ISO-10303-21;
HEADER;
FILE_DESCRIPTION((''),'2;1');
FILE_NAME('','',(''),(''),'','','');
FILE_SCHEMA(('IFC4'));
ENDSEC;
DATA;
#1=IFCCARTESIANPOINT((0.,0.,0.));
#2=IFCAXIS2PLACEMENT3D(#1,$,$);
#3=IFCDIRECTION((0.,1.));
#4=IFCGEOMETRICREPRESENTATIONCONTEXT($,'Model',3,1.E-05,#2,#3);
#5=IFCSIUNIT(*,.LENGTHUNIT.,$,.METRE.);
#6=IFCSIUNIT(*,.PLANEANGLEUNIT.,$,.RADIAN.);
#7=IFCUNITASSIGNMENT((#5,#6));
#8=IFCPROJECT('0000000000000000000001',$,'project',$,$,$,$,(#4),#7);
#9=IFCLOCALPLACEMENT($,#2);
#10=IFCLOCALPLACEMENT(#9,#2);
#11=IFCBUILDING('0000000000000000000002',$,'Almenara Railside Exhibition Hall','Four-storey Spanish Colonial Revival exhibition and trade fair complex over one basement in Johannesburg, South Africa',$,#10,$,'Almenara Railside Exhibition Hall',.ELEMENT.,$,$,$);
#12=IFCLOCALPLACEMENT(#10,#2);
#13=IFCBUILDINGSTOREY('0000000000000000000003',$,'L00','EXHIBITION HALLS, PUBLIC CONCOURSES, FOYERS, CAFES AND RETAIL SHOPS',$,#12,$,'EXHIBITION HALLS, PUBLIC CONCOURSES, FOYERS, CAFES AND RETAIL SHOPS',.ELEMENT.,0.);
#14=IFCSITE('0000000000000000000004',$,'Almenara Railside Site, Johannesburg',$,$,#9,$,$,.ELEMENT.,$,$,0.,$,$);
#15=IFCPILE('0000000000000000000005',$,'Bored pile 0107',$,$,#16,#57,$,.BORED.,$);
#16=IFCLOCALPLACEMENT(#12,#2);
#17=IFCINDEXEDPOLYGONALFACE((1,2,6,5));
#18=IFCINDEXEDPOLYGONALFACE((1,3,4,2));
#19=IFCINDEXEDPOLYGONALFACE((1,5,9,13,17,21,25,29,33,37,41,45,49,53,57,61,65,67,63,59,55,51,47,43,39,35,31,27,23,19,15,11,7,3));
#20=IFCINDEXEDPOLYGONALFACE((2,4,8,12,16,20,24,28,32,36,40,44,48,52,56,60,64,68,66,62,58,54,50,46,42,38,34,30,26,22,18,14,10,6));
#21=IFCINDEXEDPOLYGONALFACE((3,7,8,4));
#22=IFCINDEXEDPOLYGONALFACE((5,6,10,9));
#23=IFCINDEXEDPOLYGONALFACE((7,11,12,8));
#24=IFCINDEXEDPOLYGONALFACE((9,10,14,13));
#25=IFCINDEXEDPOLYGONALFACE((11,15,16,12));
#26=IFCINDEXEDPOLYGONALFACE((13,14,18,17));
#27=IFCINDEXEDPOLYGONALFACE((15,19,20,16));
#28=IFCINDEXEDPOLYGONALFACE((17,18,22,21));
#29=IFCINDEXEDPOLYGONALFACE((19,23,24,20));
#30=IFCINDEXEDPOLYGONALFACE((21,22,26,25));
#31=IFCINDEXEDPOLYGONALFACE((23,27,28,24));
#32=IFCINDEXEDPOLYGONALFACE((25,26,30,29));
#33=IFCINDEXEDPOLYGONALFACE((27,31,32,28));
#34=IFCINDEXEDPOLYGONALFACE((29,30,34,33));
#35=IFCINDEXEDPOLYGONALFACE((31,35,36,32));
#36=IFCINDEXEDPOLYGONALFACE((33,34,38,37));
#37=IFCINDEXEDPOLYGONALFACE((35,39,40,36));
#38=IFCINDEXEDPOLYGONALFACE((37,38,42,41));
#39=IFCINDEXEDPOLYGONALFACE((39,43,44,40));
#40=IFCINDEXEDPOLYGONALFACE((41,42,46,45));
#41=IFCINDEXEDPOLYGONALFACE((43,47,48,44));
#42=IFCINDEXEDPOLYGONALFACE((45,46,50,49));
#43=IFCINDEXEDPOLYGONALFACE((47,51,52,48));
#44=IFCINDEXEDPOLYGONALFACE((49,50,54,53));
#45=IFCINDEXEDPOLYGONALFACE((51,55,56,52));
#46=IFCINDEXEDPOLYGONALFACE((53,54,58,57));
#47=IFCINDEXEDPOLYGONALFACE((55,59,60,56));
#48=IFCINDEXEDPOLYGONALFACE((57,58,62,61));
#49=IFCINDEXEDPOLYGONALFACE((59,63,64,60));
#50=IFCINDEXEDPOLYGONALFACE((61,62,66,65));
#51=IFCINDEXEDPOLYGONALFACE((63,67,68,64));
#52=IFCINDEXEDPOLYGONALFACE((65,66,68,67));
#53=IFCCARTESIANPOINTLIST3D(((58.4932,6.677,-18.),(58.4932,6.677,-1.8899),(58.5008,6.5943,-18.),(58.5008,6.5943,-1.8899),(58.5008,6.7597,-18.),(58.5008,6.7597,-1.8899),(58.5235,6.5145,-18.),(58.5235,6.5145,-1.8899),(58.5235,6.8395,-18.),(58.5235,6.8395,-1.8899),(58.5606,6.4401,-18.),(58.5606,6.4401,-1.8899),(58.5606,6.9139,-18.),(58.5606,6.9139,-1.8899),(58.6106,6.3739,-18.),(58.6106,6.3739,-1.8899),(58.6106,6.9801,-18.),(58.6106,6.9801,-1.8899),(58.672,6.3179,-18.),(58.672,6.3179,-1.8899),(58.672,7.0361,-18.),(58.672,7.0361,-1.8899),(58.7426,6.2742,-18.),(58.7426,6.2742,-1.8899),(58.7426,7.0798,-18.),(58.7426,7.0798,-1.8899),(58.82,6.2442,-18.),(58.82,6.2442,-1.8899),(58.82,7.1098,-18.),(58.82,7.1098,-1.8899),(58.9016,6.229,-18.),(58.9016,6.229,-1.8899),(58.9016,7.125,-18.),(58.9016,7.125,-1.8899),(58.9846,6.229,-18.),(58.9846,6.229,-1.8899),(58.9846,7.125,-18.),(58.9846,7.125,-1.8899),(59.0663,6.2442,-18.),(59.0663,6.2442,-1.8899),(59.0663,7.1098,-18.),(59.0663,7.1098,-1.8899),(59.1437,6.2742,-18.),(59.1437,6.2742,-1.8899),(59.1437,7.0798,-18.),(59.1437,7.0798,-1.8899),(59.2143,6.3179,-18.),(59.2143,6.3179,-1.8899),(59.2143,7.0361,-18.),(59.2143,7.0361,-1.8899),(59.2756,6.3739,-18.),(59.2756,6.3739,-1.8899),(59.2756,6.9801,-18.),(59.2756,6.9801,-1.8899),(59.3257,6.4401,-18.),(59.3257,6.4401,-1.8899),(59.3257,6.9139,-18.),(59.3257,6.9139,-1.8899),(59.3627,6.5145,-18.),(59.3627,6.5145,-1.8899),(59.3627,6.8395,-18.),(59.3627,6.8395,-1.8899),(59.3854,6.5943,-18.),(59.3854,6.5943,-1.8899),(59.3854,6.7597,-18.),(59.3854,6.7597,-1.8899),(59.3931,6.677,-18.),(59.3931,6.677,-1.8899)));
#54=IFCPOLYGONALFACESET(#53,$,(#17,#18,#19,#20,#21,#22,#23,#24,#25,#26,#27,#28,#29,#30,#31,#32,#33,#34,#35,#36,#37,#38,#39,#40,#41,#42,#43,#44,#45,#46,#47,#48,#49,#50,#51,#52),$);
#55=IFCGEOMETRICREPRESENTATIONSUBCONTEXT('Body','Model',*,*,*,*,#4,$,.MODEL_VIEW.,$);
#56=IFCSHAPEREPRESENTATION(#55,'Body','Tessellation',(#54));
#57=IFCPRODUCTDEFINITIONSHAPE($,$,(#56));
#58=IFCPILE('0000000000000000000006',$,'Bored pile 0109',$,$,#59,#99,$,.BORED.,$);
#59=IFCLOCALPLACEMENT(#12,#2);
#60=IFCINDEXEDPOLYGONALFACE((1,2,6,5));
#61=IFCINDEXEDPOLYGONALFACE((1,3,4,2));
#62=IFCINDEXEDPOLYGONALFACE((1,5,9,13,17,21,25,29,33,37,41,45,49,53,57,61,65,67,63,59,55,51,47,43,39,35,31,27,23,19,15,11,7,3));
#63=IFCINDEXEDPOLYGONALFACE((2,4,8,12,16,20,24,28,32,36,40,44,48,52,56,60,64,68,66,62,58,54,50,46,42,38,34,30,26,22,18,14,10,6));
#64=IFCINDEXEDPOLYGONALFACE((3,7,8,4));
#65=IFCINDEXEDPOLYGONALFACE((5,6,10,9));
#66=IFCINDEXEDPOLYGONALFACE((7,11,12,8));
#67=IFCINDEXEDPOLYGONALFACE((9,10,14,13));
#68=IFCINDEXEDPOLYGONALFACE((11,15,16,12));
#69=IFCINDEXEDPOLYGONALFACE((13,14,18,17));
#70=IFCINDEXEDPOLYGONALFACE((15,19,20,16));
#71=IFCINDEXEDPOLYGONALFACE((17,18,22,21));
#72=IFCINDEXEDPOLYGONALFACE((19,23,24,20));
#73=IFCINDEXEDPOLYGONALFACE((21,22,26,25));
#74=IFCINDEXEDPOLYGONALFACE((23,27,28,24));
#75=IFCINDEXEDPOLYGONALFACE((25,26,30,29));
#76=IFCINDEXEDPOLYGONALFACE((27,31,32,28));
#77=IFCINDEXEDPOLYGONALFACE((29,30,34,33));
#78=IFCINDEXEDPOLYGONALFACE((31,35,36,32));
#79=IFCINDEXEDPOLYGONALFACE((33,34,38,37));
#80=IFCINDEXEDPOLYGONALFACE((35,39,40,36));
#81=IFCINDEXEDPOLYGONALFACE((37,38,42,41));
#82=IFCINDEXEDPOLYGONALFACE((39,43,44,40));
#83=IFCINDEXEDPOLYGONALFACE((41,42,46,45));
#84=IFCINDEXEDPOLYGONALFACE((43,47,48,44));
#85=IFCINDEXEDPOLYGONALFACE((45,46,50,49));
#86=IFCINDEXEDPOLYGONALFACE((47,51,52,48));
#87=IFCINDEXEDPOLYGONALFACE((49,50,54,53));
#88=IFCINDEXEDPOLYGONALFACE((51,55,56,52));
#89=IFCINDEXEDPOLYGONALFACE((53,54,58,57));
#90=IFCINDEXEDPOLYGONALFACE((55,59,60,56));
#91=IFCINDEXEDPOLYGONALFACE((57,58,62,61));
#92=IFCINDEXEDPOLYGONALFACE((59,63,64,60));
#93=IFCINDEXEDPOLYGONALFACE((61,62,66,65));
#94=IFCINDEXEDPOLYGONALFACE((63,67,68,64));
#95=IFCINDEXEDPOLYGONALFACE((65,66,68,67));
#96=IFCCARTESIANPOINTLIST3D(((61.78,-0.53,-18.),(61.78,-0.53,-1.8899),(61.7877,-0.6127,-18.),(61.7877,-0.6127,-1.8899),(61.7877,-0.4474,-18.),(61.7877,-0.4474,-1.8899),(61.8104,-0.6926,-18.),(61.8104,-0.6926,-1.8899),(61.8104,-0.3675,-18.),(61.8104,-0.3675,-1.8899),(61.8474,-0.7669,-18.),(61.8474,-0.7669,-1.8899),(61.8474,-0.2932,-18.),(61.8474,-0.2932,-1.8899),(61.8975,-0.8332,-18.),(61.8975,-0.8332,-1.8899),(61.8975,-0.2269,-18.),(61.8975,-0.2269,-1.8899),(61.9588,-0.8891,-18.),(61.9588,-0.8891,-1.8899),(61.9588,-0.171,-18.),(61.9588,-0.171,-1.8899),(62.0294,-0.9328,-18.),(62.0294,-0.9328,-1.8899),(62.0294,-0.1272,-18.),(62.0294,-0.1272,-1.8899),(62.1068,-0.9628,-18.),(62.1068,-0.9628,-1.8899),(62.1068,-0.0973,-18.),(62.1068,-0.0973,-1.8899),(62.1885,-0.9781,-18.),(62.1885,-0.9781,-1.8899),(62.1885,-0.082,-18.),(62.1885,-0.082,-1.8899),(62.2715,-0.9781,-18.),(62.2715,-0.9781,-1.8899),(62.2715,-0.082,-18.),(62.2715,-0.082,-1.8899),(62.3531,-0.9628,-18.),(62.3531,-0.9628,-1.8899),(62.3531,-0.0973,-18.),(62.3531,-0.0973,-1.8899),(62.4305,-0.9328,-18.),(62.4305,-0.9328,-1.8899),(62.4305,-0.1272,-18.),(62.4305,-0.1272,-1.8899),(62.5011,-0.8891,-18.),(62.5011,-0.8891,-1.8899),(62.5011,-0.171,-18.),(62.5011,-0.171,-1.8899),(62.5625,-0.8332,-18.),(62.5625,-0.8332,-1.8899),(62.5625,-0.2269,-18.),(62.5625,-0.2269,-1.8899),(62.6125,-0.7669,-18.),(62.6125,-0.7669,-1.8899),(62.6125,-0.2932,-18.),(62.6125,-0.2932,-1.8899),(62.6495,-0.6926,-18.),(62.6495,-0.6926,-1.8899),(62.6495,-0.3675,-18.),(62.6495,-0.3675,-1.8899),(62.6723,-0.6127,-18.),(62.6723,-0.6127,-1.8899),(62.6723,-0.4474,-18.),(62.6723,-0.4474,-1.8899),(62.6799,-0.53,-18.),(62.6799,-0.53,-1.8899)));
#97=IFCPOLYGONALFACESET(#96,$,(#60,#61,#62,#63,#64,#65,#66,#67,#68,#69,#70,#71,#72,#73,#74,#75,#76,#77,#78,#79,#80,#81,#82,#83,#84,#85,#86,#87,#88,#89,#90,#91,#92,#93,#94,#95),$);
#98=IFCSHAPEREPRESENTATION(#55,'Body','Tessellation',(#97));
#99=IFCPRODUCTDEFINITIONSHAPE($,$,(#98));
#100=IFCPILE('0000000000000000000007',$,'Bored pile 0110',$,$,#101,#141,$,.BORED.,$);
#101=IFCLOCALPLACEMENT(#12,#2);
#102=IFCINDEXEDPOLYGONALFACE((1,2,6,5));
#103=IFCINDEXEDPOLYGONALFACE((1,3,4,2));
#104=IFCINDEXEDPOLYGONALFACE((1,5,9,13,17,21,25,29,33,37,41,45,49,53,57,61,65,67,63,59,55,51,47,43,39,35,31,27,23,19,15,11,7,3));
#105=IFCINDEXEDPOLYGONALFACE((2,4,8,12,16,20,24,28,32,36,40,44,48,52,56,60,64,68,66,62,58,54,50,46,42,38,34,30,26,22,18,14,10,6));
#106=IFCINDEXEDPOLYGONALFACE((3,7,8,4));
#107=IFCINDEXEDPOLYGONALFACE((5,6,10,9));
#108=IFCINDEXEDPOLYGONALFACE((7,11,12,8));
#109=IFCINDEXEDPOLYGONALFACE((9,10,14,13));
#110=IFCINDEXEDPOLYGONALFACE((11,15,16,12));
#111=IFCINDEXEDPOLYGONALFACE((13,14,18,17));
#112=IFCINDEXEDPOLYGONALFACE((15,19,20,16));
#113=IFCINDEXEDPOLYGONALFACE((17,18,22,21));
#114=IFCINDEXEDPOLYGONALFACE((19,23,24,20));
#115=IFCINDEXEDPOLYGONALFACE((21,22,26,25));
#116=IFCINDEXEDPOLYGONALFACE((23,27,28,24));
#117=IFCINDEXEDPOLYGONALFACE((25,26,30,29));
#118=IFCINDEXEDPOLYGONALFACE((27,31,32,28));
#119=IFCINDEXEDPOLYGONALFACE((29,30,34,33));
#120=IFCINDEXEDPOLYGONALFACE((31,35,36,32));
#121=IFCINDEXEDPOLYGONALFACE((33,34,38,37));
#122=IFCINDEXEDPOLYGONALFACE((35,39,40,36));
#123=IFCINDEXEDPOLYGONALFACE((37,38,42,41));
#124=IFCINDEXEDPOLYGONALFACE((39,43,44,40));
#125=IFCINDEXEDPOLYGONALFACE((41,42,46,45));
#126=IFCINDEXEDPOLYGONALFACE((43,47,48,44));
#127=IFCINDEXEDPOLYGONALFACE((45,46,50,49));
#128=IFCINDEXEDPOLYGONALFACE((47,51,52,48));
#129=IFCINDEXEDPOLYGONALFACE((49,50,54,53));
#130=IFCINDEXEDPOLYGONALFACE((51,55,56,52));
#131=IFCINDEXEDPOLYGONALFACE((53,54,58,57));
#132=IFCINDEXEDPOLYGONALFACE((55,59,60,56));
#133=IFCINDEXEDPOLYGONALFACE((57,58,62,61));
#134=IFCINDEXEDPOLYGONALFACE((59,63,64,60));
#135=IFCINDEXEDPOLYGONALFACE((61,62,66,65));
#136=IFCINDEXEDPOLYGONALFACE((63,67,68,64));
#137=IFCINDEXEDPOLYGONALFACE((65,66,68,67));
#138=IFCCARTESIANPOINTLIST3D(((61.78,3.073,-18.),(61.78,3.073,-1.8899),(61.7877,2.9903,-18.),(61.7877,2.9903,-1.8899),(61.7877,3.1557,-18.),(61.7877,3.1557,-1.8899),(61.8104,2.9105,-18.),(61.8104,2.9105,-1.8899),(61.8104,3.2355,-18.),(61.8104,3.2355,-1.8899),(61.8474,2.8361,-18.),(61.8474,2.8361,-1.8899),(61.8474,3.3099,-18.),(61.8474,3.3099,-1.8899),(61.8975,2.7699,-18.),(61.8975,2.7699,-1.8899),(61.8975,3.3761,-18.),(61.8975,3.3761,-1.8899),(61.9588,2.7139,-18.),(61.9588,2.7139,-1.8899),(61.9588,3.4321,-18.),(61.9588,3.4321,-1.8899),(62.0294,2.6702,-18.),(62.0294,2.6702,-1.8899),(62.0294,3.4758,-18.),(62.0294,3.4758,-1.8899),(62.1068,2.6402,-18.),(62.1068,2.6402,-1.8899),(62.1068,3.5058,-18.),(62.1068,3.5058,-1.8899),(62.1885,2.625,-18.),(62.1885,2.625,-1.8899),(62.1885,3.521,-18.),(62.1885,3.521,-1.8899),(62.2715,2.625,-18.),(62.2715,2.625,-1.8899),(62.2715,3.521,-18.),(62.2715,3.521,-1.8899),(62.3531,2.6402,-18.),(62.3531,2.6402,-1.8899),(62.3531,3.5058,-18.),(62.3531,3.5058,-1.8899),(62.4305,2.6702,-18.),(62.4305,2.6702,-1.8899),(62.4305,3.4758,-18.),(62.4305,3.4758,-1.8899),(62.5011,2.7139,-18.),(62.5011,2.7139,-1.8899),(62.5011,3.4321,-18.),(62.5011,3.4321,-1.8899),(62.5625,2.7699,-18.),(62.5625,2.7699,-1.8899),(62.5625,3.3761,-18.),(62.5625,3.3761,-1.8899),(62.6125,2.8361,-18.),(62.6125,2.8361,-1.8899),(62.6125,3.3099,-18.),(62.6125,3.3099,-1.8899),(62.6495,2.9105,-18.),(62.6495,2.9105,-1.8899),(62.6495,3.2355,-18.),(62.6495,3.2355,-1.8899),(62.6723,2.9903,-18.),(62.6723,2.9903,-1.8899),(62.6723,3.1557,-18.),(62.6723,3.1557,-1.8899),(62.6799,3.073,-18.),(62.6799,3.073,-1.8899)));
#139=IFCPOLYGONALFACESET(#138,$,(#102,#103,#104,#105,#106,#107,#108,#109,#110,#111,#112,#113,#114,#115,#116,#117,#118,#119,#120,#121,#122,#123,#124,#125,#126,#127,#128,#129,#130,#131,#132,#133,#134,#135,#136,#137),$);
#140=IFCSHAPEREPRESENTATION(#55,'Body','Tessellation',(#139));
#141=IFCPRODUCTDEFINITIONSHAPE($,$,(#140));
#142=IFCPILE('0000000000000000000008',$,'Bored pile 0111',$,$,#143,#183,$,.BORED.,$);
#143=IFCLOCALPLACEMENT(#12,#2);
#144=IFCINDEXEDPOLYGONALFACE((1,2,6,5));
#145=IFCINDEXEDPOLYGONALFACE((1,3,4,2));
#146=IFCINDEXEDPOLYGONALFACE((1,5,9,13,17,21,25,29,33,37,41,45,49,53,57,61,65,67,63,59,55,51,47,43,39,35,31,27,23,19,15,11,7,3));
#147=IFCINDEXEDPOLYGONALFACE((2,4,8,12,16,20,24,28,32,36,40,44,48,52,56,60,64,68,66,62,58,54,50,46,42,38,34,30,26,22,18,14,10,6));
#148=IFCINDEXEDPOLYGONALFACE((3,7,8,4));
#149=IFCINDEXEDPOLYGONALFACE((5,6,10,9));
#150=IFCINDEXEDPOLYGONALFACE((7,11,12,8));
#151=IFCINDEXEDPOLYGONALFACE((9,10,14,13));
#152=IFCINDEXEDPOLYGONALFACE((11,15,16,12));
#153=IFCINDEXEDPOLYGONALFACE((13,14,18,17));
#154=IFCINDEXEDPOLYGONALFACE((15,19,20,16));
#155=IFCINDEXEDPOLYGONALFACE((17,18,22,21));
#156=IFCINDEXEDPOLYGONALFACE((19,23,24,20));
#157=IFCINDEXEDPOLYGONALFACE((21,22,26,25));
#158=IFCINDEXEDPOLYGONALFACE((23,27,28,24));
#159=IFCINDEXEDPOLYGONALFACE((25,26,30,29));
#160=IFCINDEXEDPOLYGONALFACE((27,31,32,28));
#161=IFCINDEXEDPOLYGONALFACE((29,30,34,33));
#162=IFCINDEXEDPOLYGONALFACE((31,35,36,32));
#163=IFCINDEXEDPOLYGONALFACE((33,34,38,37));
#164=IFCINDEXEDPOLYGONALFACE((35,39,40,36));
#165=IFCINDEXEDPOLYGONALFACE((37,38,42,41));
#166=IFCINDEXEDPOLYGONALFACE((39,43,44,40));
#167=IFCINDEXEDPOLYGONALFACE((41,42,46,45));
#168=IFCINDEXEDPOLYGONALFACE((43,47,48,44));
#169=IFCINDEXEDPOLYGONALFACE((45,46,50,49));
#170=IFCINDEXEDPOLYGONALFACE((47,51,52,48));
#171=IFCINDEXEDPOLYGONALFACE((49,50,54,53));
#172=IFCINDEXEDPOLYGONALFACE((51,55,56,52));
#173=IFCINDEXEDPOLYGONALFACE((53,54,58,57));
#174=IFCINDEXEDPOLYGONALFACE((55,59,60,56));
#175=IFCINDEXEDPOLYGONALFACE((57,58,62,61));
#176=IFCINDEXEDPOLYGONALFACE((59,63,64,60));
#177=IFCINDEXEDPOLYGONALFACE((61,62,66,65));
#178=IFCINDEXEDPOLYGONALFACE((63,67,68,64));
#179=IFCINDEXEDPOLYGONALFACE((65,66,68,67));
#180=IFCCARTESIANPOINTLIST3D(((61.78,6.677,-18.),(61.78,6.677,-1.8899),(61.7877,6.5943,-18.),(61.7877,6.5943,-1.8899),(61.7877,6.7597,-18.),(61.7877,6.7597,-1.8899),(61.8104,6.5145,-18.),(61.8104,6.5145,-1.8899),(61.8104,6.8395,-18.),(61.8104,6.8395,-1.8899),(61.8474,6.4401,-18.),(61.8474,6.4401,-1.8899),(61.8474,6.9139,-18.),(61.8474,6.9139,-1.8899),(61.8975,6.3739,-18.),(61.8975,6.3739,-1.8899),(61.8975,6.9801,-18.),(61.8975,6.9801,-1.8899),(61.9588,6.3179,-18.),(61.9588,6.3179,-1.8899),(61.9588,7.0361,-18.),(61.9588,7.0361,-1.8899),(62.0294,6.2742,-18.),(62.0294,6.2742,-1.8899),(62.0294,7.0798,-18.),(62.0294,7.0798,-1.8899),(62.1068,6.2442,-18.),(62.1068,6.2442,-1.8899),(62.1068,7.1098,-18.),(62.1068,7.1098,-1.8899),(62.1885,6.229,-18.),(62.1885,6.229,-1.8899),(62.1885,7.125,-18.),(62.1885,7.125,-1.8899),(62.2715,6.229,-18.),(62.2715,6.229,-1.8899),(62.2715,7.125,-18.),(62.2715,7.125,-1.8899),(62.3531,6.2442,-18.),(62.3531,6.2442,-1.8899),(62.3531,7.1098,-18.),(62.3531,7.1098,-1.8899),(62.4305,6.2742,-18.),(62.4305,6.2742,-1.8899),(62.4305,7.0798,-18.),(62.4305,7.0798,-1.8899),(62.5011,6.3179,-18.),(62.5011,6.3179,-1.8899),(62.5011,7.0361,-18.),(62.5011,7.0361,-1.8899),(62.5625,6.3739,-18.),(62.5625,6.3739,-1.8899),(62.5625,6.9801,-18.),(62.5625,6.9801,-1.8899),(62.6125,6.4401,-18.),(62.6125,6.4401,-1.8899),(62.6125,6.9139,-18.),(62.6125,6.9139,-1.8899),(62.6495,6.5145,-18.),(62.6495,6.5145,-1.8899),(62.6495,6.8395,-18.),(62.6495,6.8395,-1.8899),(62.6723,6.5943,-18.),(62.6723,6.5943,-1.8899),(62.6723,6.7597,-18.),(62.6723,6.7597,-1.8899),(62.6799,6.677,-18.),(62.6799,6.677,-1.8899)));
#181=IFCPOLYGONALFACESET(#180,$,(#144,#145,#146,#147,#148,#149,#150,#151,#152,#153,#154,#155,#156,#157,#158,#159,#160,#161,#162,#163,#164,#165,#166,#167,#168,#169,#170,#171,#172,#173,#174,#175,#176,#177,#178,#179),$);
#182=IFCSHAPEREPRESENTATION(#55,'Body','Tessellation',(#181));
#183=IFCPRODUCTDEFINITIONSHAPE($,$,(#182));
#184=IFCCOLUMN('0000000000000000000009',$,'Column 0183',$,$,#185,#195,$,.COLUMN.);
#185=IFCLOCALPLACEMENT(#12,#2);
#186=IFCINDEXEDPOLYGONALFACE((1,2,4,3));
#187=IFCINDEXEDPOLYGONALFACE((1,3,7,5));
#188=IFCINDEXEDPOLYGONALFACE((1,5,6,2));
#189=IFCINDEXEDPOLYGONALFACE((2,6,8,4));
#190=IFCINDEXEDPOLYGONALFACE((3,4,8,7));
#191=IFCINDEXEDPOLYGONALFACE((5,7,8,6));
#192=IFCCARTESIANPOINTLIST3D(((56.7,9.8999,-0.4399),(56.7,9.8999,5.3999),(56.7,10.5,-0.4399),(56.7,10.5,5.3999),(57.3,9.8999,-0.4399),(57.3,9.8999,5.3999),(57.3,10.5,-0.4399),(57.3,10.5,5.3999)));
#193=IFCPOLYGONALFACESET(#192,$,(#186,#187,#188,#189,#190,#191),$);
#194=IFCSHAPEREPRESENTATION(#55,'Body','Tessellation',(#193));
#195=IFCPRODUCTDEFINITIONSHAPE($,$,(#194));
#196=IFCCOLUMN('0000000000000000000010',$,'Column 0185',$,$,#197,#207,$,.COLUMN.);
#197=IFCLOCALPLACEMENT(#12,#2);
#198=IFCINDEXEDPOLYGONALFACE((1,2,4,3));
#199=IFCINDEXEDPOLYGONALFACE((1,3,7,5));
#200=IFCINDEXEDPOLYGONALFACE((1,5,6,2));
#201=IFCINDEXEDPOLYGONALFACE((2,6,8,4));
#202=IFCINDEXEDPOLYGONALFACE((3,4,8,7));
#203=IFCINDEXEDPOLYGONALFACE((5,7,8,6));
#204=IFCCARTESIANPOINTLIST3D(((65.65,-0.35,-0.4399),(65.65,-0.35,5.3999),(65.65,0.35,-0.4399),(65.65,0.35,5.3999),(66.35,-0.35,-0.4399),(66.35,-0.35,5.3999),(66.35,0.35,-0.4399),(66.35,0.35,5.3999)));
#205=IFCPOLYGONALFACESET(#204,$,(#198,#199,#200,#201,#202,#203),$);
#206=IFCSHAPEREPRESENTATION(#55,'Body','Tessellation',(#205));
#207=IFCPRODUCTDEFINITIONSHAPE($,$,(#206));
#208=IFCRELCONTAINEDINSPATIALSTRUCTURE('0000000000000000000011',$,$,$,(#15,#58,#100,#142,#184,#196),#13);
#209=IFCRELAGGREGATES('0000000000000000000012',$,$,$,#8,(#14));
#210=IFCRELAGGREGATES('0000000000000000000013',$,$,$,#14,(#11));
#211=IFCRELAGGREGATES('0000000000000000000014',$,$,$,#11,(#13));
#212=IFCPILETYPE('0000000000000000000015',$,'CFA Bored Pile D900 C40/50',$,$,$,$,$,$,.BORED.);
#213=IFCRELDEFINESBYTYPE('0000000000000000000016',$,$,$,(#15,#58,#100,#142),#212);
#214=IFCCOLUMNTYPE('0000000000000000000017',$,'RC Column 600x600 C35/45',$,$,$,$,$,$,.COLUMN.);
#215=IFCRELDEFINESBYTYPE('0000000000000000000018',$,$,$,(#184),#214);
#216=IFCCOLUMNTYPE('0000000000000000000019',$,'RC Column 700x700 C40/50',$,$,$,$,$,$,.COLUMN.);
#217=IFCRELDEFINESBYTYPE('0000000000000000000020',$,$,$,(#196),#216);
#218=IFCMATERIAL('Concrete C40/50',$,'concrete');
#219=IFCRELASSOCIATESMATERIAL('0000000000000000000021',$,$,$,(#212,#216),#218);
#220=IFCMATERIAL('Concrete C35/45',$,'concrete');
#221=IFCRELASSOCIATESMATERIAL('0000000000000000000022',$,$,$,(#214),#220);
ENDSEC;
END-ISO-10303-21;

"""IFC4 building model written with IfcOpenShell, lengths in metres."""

from ifc_helpers import new_model, si_unit, direction, frame, origin, origin_2d, place, context, subcontext, project, spatial, rectangle, circle, extrude, material, material_profile, profile_set, type_object, element, save


model = new_model("IFC4")

# Units and contexts
model_context = context("Model", 3, precision=1e-05, world=origin(), true_north=direction((0.0, 1.0)))
body_context = subcontext(model_context, "Body", "Model", "MODEL_VIEW")
ifc_project = project(units=[si_unit("LENGTHUNIT", "METRE"), si_unit("PLANEANGLEUNIT", "RADIAN")], contexts=[model_context])

# Site, building, storey
site_placement = place(None, origin())
site = spatial("IfcSite", under=ifc_project, at=site_placement, Name="Almenara Railside Site, Johannesburg", CompositionType="ELEMENT", RefElevation=0.0)
building_placement = place(site_placement, origin())
building = spatial("IfcBuilding", under=site, at=building_placement, Name="Almenara Railside Exhibition Hall", Description="Four-storey Spanish Colonial Revival exhibition and trade fair complex over one basement in Johannesburg, South Africa", LongName="Almenara Railside Exhibition Hall", CompositionType="ELEMENT")
storey_placement = place(building_placement, origin())
storey = spatial("IfcBuildingStorey", under=building, at=storey_placement, Name="L00", Description="EXHIBITION HALLS, PUBLIC CONCOURSES, FOYERS, CAFES AND RETAIL SHOPS", LongName="EXHIBITION HALLS, PUBLIC CONCOURSES, FOYERS, CAFES AND RETAIL SHOPS", CompositionType="ELEMENT", Elevation=0.0)

# Piles
ifc_material_1 = material(Name="Concrete C40/50", Category="concrete")
ifc_material_profile_1 = material_profile(ifc_material_1, circle(Radius=0.45, at=origin_2d()), Name="CFA-PILE D900")
ifc_profile_set_1 = profile_set([ifc_material_profile_1], Name="Concrete C40/50")
pile_type_1 = type_object("IfcPileType", Name="CFA Bored Pile D900 C40/50", PredefinedType="BORED", material=ifc_profile_set_1)
for number, where, z_axis, x_axis, name in (
    (1, (58.9431, 6.677, -1.8899), (0.0, 0.0, -1.0), (1.0, 0.0, 0.0), "Bored pile 0107"),
    (2, (62.23, -0.53, -1.8899), (0.0, 0.0, -1.0), (1.0, 0.0, 0.0), "Bored pile 0109"),
    (3, (62.23, 3.073, -1.8899), (0.0, 0.0, -1.0), (1.0, 0.0, 0.0), "Bored pile 0110"),
    (4, (62.23, 6.677, -1.8899), (0.0, 0.0, -1.0), (1.0, 0.0, 0.0), "Bored pile 0111"),
):
    element("IfcPile", number, at=place(storey_placement, frame(where, z_axis=z_axis, x_axis=x_axis)), inside=storey, type_object=pile_type_1, Name=name, PredefinedType="BORED", context=body_context, shape_type="SweptSolid", body=[
        extrude(circle(Radius=0.45, at=origin_2d()), origin(), (0.0, 0.0, 1.0), 16.1101),
    ])

# Columns
ifc_material_2 = material(Name="Concrete C35/45", Category="concrete")
ifc_material_profile_2 = material_profile(ifc_material_2, rectangle(XDim=0.6001, YDim=0.6001, at=origin_2d()), Name="RC 600x600")
ifc_profile_set_2 = profile_set([ifc_material_profile_2], Name="Concrete C35/45")
column_type_1 = type_object("IfcColumnType", Name="RC Column 600x600 C35/45", PredefinedType="COLUMN", material=ifc_profile_set_2)
column_1_placement = place(storey_placement, frame((57.0, 10.2, -0.4399), z_axis=(0.0, 0.0, 1.0), x_axis=(1.0, 0.0, 0.0)))
element("IfcColumn", 5, at=column_1_placement, inside=storey, type_object=column_type_1, Name="Column 0183", PredefinedType="COLUMN", context=body_context, shape_type="SweptSolid", body=[
    extrude(rectangle(XDim=0.6001, YDim=0.6001, at=origin_2d()), origin(), (0.0, 0.0, 1.0), 5.8398),
])
ifc_material_profile_3 = material_profile(ifc_material_1, rectangle(XDim=0.7, YDim=0.7, at=origin_2d()), Name="RC 700x700")
ifc_profile_set_3 = profile_set([ifc_material_profile_3], Name="Concrete C40/50")
column_type_2 = type_object("IfcColumnType", Name="RC Column 700x700 C40/50", PredefinedType="COLUMN", material=ifc_profile_set_3)
column_2_placement = place(storey_placement, frame((66.0, 0.0, -0.4399), z_axis=(0.0, 0.0, 1.0), x_axis=(1.0, 0.0, 0.0)))
element("IfcColumn", 6, at=column_2_placement, inside=storey, type_object=column_type_2, Name="Column 0185", PredefinedType="COLUMN", context=body_context, shape_type="SweptSolid", body=[
    extrude(rectangle(XDim=0.7, YDim=0.7, at=origin_2d()), origin(), (0.0, 0.0, 1.0), 5.8398),
])

save(model, "model.ifc")
